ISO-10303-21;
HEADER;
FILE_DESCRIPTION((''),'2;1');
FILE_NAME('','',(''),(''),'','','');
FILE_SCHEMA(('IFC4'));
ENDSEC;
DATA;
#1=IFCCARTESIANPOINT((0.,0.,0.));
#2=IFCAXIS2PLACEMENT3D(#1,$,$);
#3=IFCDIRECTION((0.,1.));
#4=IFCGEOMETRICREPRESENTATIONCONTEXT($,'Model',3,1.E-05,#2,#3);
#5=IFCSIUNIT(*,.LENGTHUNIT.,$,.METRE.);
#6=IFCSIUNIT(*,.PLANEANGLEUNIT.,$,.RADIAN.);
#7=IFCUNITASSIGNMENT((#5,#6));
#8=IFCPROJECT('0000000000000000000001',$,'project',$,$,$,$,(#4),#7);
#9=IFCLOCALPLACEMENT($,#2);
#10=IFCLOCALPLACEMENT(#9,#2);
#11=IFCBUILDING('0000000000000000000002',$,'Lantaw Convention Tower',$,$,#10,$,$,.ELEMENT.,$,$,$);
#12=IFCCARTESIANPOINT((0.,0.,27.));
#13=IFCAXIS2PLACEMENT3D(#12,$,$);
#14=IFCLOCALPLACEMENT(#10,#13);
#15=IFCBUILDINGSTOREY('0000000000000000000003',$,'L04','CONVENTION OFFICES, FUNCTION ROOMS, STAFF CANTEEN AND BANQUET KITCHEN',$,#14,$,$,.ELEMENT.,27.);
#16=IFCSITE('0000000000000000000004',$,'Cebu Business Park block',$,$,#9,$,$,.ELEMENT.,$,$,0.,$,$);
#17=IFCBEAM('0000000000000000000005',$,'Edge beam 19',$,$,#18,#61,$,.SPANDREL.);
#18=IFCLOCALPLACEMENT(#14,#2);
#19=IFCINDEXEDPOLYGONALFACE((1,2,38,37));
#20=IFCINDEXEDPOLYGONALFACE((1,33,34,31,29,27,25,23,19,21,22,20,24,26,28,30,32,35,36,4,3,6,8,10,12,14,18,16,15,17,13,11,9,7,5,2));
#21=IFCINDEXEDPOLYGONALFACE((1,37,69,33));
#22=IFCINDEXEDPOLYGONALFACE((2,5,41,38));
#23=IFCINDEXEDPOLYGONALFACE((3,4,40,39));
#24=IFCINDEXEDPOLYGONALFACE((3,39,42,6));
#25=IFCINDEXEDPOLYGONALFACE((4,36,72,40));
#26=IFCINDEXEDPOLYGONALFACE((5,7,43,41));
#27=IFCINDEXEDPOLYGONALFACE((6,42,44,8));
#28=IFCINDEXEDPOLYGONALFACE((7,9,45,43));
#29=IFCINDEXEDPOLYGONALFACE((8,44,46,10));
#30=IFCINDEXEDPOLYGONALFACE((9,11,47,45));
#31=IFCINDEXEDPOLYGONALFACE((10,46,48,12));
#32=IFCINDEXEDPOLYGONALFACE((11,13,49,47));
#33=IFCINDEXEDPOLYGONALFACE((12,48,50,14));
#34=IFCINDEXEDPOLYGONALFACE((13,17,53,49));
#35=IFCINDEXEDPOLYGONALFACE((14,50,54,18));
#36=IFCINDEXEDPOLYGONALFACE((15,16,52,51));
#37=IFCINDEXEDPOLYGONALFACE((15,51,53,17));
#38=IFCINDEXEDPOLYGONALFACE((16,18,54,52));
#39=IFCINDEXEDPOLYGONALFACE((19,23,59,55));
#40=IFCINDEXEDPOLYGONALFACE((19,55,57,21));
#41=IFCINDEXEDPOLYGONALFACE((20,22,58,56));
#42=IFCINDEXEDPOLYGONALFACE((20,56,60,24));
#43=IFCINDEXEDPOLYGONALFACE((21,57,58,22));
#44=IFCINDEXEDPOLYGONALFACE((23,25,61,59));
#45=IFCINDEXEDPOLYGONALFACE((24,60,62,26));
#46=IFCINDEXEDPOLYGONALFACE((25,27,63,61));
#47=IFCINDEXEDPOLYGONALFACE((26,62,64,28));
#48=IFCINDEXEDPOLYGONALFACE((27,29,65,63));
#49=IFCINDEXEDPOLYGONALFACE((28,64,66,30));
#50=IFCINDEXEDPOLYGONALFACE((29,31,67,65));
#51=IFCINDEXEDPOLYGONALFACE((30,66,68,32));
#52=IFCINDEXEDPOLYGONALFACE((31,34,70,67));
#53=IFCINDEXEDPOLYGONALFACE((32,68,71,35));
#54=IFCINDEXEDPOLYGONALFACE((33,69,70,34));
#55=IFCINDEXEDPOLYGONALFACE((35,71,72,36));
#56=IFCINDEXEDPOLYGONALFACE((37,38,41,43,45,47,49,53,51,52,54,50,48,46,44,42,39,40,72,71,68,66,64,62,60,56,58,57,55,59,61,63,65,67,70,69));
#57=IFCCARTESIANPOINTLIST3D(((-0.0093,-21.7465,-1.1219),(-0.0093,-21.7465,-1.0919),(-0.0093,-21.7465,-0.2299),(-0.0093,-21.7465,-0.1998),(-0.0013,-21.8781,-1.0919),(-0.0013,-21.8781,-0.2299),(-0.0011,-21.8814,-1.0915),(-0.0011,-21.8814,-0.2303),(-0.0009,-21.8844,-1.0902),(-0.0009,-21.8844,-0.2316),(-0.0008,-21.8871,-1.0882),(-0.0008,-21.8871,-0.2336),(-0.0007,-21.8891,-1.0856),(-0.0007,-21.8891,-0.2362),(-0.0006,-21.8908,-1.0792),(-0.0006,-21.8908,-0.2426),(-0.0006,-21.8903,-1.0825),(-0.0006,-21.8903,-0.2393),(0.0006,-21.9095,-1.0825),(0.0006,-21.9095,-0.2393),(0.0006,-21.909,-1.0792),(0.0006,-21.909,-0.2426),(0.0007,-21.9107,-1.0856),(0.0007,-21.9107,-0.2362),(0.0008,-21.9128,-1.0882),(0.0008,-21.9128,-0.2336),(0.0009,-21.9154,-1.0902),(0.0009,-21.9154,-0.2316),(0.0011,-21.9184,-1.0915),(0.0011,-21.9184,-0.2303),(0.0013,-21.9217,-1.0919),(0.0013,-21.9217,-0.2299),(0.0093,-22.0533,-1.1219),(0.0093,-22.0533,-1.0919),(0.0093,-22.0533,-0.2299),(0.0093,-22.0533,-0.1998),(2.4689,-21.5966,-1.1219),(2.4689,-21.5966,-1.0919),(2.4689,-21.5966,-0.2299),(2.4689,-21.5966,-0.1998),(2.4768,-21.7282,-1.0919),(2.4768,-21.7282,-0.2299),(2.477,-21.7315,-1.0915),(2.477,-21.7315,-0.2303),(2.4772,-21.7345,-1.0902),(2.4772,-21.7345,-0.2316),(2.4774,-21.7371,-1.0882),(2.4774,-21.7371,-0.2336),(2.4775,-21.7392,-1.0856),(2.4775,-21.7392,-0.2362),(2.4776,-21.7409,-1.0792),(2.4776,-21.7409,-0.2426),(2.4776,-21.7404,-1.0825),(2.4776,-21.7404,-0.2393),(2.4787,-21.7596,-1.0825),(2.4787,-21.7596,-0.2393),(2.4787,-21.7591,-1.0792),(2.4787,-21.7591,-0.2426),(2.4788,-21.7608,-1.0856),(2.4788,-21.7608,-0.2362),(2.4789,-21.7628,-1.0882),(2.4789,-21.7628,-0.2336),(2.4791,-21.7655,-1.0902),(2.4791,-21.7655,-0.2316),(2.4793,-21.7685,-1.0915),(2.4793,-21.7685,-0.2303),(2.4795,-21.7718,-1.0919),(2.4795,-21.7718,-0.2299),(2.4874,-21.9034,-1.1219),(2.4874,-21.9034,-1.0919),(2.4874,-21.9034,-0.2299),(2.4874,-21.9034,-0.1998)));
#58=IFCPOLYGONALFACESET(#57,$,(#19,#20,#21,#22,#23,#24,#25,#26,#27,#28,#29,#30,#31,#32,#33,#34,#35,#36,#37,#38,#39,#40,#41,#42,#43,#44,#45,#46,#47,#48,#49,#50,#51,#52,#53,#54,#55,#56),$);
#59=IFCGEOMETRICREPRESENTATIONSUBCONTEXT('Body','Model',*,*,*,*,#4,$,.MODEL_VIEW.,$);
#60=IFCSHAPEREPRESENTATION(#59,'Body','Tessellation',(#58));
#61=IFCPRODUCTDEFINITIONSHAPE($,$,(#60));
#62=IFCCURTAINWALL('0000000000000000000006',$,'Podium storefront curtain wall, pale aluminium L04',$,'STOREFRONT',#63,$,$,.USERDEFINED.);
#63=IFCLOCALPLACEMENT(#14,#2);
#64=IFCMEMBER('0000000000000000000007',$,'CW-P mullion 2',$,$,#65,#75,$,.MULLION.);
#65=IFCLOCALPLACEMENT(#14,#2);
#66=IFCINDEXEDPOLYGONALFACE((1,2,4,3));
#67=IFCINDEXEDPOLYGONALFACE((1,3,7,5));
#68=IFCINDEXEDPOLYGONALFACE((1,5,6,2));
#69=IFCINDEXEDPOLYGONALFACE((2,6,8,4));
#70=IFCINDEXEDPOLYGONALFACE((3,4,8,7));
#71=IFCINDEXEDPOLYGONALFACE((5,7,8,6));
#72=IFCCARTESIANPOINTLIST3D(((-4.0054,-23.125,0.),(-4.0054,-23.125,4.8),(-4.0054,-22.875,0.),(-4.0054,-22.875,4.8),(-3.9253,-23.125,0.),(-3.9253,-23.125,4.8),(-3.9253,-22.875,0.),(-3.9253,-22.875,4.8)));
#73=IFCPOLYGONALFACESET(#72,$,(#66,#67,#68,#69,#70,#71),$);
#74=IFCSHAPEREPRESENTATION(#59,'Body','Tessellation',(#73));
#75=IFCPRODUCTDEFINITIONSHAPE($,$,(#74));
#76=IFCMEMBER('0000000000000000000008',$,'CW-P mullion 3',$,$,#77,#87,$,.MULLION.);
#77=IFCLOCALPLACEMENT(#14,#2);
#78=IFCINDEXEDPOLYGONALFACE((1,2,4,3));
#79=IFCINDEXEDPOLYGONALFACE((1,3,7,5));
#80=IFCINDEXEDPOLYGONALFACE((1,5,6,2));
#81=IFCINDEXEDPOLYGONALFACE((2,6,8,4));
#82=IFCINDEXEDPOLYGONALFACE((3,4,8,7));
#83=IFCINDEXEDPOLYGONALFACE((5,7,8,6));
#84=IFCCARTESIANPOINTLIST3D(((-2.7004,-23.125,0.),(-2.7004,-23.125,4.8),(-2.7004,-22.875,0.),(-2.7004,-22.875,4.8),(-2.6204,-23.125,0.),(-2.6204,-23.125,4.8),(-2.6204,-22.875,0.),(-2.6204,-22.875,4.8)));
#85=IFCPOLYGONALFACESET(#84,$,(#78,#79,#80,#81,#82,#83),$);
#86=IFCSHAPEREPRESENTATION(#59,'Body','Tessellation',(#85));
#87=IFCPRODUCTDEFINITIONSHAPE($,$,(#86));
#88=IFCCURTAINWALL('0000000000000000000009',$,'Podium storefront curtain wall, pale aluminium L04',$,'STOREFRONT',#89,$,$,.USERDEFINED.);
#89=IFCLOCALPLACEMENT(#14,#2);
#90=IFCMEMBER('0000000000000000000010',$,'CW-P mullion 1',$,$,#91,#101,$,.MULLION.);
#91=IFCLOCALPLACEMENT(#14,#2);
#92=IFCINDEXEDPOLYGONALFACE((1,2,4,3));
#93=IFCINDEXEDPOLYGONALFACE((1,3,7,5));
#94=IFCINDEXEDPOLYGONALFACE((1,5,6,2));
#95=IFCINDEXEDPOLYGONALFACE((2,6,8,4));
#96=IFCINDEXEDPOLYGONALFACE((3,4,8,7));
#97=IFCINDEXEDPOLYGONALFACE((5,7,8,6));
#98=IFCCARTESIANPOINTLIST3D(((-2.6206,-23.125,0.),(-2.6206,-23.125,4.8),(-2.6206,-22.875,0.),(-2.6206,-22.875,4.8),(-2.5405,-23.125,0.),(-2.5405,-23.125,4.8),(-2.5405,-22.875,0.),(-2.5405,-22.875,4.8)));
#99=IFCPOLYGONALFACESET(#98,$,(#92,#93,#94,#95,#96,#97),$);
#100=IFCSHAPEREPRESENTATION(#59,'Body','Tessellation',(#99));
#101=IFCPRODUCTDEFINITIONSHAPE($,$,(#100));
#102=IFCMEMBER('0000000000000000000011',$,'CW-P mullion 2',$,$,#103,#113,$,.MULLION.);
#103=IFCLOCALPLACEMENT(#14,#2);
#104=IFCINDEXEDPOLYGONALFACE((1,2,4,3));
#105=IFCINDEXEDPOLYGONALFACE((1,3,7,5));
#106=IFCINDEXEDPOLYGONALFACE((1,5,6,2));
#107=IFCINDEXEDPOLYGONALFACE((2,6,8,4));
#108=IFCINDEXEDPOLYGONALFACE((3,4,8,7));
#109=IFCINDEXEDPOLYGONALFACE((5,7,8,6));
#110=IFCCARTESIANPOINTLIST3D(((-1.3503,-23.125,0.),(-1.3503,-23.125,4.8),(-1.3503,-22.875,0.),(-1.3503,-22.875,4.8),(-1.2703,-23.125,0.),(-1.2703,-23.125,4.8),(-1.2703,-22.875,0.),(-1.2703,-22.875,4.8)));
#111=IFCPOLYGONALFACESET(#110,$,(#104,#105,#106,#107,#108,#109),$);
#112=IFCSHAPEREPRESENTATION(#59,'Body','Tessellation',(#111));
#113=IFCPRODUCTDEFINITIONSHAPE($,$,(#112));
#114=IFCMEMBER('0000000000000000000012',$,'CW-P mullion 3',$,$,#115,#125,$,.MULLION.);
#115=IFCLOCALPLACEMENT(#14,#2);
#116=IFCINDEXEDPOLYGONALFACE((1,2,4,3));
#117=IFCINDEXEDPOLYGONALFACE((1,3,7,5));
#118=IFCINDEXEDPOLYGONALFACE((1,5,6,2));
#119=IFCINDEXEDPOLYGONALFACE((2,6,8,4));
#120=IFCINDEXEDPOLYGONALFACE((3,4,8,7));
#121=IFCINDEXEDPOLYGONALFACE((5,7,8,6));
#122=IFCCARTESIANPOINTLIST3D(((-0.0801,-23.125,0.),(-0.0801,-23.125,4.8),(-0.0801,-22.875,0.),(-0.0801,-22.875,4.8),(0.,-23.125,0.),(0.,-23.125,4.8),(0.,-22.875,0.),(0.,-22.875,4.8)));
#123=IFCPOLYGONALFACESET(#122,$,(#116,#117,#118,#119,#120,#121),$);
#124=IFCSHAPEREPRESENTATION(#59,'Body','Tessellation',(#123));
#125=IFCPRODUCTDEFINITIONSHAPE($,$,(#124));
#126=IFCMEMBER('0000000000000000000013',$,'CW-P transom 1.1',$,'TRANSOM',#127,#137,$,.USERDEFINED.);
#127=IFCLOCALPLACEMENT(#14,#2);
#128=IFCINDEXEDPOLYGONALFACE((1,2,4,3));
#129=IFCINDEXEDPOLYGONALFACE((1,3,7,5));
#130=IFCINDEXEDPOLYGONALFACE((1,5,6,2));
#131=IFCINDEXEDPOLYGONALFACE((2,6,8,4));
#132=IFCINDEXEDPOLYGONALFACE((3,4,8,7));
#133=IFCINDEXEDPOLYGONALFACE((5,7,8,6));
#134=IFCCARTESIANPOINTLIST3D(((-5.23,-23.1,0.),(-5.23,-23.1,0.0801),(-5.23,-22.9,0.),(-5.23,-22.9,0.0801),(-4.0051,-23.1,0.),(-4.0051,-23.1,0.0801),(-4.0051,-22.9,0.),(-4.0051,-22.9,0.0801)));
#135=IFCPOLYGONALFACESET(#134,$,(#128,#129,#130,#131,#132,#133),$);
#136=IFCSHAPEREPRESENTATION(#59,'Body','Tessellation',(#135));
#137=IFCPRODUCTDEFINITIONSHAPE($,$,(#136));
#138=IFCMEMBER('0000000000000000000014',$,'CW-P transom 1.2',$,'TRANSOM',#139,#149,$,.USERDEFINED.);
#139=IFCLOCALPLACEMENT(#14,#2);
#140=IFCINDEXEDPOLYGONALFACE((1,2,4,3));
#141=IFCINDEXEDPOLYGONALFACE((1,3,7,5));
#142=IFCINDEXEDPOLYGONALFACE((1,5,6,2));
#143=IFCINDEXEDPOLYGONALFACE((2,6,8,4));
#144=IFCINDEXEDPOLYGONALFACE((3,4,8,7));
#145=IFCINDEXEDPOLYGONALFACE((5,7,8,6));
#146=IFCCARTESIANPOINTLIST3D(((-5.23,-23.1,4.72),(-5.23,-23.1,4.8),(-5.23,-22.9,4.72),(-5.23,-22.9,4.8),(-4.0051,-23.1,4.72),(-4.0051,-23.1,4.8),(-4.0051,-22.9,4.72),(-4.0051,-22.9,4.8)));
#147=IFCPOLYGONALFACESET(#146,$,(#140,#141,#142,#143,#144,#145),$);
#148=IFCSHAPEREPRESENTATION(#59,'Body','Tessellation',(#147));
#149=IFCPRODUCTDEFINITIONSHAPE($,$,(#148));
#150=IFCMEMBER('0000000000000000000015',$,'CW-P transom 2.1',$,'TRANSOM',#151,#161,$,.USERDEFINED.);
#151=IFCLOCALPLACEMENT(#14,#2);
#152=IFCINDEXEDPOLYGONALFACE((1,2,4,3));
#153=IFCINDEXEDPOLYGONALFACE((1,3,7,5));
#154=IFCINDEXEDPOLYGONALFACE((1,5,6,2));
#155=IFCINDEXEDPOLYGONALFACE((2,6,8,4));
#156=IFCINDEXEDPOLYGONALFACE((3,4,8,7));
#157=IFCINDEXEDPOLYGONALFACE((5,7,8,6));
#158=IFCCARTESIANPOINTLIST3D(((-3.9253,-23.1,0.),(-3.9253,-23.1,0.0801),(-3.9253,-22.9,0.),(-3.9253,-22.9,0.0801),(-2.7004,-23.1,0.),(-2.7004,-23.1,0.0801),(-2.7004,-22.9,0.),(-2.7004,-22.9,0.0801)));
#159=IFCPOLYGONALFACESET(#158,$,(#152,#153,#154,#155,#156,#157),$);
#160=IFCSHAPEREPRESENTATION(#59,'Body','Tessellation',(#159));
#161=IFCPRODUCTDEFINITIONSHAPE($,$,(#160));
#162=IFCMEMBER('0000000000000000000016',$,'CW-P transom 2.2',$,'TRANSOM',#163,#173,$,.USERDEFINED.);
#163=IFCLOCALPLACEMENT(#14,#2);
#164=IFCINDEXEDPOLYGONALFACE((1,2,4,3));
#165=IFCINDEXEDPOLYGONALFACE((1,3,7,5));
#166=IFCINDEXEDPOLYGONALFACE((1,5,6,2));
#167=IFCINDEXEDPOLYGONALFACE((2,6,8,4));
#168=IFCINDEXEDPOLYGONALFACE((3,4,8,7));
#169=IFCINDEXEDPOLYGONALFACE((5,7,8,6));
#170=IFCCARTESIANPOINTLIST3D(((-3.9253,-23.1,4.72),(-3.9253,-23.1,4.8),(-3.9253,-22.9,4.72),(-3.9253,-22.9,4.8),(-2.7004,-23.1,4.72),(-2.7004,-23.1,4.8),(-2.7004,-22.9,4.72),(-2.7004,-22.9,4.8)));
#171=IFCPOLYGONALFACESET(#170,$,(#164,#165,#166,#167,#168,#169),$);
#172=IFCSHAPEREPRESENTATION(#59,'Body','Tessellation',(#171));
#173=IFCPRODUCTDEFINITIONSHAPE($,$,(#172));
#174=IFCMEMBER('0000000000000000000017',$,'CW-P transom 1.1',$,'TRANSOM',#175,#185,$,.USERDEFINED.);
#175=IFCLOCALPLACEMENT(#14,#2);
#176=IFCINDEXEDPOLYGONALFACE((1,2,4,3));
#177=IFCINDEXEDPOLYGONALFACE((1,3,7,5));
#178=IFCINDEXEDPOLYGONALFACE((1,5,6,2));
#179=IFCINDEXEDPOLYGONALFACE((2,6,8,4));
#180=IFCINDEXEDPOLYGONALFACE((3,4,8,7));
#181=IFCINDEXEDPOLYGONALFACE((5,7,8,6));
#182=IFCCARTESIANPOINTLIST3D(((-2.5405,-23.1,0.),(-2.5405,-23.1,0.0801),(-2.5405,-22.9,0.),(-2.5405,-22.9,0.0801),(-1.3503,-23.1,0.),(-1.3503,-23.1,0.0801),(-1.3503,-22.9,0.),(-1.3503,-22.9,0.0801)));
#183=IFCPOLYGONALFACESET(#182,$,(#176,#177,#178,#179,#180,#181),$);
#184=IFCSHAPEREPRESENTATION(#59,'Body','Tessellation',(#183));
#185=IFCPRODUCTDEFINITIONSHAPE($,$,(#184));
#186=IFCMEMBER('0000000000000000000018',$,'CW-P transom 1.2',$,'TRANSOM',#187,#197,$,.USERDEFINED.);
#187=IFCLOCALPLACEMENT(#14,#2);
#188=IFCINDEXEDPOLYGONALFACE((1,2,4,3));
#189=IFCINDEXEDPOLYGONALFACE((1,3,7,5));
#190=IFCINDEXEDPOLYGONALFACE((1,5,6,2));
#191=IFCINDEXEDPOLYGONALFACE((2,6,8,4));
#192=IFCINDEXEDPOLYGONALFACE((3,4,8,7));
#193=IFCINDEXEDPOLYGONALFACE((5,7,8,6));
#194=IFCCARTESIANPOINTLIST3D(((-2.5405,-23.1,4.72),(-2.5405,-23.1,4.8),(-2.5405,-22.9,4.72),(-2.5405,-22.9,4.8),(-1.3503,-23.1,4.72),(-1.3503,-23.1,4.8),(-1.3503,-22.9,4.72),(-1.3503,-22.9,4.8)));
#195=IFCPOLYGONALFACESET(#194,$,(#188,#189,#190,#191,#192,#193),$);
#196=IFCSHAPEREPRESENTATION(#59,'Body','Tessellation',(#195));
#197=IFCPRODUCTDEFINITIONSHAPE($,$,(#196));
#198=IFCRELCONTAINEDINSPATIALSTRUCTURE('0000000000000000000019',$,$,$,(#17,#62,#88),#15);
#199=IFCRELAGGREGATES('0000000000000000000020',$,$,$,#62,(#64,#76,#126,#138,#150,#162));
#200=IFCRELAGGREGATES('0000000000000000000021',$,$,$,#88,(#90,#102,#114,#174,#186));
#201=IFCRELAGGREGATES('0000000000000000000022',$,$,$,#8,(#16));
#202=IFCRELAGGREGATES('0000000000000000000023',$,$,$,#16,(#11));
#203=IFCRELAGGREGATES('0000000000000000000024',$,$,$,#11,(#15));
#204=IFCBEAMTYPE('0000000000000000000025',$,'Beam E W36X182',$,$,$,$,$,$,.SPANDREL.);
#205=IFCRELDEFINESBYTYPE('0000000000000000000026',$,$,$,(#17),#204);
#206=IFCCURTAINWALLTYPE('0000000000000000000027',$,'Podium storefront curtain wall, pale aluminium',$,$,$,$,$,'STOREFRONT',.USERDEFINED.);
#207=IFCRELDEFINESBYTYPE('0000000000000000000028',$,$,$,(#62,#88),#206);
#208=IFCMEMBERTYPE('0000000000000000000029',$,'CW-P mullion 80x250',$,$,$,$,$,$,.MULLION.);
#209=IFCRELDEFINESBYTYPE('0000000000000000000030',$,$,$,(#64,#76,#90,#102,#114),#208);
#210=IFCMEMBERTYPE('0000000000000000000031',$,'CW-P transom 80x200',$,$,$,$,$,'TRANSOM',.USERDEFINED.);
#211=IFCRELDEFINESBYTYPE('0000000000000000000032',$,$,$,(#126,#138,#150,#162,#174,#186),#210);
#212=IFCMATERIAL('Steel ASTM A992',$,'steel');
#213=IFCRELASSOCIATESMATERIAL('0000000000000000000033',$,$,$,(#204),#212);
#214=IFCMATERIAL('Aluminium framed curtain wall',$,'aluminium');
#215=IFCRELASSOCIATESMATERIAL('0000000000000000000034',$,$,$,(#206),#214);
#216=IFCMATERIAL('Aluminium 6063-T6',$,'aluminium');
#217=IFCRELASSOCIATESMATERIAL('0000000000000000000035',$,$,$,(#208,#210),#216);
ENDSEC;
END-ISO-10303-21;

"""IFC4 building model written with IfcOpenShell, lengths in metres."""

from ifc_helpers import new_model, si_unit, direction, frame, origin, origin_2d, place, context, subcontext, project, spatial, rectangle, i_section, extrude, material, material_profile, profile_set, type_object, element, aggregate, save


model = new_model("IFC4")

# Units and contexts
model_context = context("Model", 3, precision=1e-05, world=origin(), true_north=direction((0.0, 1.0)))
body_context = subcontext(model_context, "Body", "Model", "MODEL_VIEW")
ifc_project = project(units=[si_unit("LENGTHUNIT", "METRE"), si_unit("PLANEANGLEUNIT", "RADIAN")], contexts=[model_context])

# Site, building, storey
site_placement = place(None, origin())
site = spatial("IfcSite", under=ifc_project, at=site_placement, Name="Cebu Business Park block", CompositionType="ELEMENT", RefElevation=0.0)
building_placement = place(site_placement, origin())
building = spatial("IfcBuilding", under=site, at=building_placement, Name="Lantaw Convention Tower", CompositionType="ELEMENT")
storey_placement = place(building_placement, frame((0.0, 0.0, 27.0)))
storey = spatial("IfcBuildingStorey", under=building, at=storey_placement, Name="L04", Description="CONVENTION OFFICES, FUNCTION ROOMS, STAFF CANTEEN AND BANQUET KITCHEN", CompositionType="ELEMENT", Elevation=27.0)

# Beam
ifc_material_1 = material(Name="Steel ASTM A992", Category="steel")
ifc_material_profile_1 = material_profile(ifc_material_1, i_section(OverallWidth=0.3074, OverallDepth=0.9221, WebThickness=0.0183, FlangeThickness=0.03, FilletRadius=0.0127, at=origin_2d()), Name="W36X182")
ifc_profile_set_1 = profile_set([ifc_material_profile_1], Name="Steel ASTM A992")
beam_type_1 = type_object("IfcBeamType", Name="Beam E W36X182", PredefinedType="SPANDREL", material=ifc_profile_set_1)
beam_1_placement = place(storey_placement, frame((0.0, -21.8999, -0.6609), z_axis=(0.998175, 0.060382, 0.0), x_axis=(-0.060382, 0.998175, 0.0)))
element("IfcBeam", 1, at=beam_1_placement, inside=storey, type_object=beam_type_1, Name="Edge beam 19", PredefinedType="SPANDREL", context=body_context, shape_type="SweptSolid", body=[
    extrude(i_section(OverallWidth=0.3074, OverallDepth=0.9221, WebThickness=0.0183, FlangeThickness=0.03, FilletRadius=0.0127, at=origin_2d()), origin(), (0.0, 0.0, 1.0), 2.4827),
])

# Curtain walls, members
ifc_material_2 = material(Name="Aluminium framed curtain wall", Category="aluminium")
curtain_wall_type = type_object("IfcCurtainWallType", Name="Podium storefront curtain wall, pale aluminium", ElementType="STOREFRONT", PredefinedType="USERDEFINED", material=ifc_material_2)
curtain_wall_1_placement = place(storey_placement, origin())
curtain_wall_1 = element("IfcCurtainWall", 2, at=curtain_wall_1_placement, inside=storey, type_object=curtain_wall_type, Name="Podium storefront curtain wall, pale aluminium L04", ObjectType="STOREFRONT", PredefinedType="USERDEFINED")
ifc_material_3 = material(Name="Aluminium 6063-T6", Category="aluminium")
ifc_material_profile_2 = material_profile(ifc_material_3, rectangle(XDim=0.25, YDim=0.0801, at=origin_2d()), Name="CW-P mullion 80x250")
ifc_profile_set_2 = profile_set([ifc_material_profile_2], Name="Aluminium 6063-T6")
member_type_1 = type_object("IfcMemberType", Name="CW-P mullion 80x250", PredefinedType="MULLION", material=ifc_profile_set_2)
member_1_placement = place(storey_placement, frame((-3.9653, -23.0, 0.0), z_axis=(0.0, 0.0, 1.0), x_axis=(0.0, 1.0, 0.0)))
member_1 = element("IfcMember", 3, at=member_1_placement, type_object=member_type_1, Name="CW-P mullion 2", PredefinedType="MULLION", context=body_context, shape_type="SweptSolid", body=[
    extrude(rectangle(XDim=0.25, YDim=0.0801, at=origin_2d()), origin(), (0.0, 0.0, 1.0), 4.8),
])
member_2_placement = place(storey_placement, frame((-2.6604, -23.0, 0.0), z_axis=(0.0, 0.0, 1.0), x_axis=(0.0, 1.0, 0.0)))
member_2 = element("IfcMember", 4, at=member_2_placement, type_object=member_type_1, Name="CW-P mullion 3", PredefinedType="MULLION", context=body_context, shape_type="SweptSolid", body=[
    extrude(rectangle(XDim=0.25, YDim=0.0801, at=origin_2d()), origin(), (0.0, 0.0, 1.0), 4.8),
])
curtain_wall_2_placement = place(storey_placement, origin())
curtain_wall_2 = element("IfcCurtainWall", 5, at=curtain_wall_2_placement, inside=storey, type_object=curtain_wall_type, Name="Podium storefront curtain wall, pale aluminium L04", ObjectType="STOREFRONT", PredefinedType="USERDEFINED")
member_3_placement = place(storey_placement, frame((-2.5806, -23.0, 0.0), z_axis=(0.0, 0.0, 1.0), x_axis=(0.0, 1.0, 0.0)))
member_3 = element("IfcMember", 6, at=member_3_placement, type_object=member_type_1, Name="CW-P mullion 1", PredefinedType="MULLION", context=body_context, shape_type="SweptSolid", body=[
    extrude(rectangle(XDim=0.25, YDim=0.0801, at=origin_2d()), origin(), (0.0, 0.0, 1.0), 4.8),
])
member_4_placement = place(storey_placement, frame((-1.3103, -23.0, 0.0), z_axis=(0.0, 0.0, 1.0), x_axis=(0.0, 1.0, 0.0)))
member_4 = element("IfcMember", 7, at=member_4_placement, type_object=member_type_1, Name="CW-P mullion 2", PredefinedType="MULLION", context=body_context, shape_type="SweptSolid", body=[
    extrude(rectangle(XDim=0.25, YDim=0.0801, at=origin_2d()), origin(), (0.0, 0.0, 1.0), 4.8),
])
member_5_placement = place(storey_placement, frame((-0.04, -23.0, 0.0), z_axis=(0.0, 0.0, 1.0), x_axis=(0.0, 1.0, 0.0)))
member_5 = element("IfcMember", 8, at=member_5_placement, type_object=member_type_1, Name="CW-P mullion 3", PredefinedType="MULLION", context=body_context, shape_type="SweptSolid", body=[
    extrude(rectangle(XDim=0.25, YDim=0.0801, at=origin_2d()), origin(), (0.0, 0.0, 1.0), 4.8),
])

# Members
ifc_material_profile_3 = material_profile(ifc_material_3, rectangle(XDim=0.2, YDim=0.0801, at=origin_2d()), Name="CW-P transom 80x200")
ifc_profile_set_3 = profile_set([ifc_material_profile_3], Name="Aluminium 6063-T6")
member_type_2 = type_object("IfcMemberType", Name="CW-P transom 80x200", ElementType="TRANSOM", PredefinedType="USERDEFINED", material=ifc_profile_set_3)
member_6_placement = place(storey_placement, frame((-5.23, -23.0, 0.04), z_axis=(1.0, 0.0, 0.0), x_axis=(0.0, 1.0, 0.0)))
member_6 = element("IfcMember", 9, at=member_6_placement, type_object=member_type_2, Name="CW-P transom 1.1", ObjectType="TRANSOM", PredefinedType="USERDEFINED", context=body_context, shape_type="SweptSolid", body=[
    extrude(rectangle(XDim=0.2, YDim=0.0801, at=origin_2d()), origin(), (0.0, 0.0, 1.0), 1.2249),
])
member_7_placement = place(storey_placement, frame((-5.23, -23.0, 4.76), z_axis=(1.0, 0.0, 0.0), x_axis=(0.0, 1.0, 0.0)))
member_7 = element("IfcMember", 10, at=member_7_placement, type_object=member_type_2, Name="CW-P transom 1.2", ObjectType="TRANSOM", PredefinedType="USERDEFINED", context=body_context, shape_type="SweptSolid", body=[
    extrude(rectangle(XDim=0.2, YDim=0.0801, at=origin_2d()), origin(), (0.0, 0.0, 1.0), 1.2249),
])
member_8_placement = place(storey_placement, frame((-3.9253, -23.0, 0.04), z_axis=(1.0, 0.0, 0.0), x_axis=(0.0, 1.0, 0.0)))
member_8 = element("IfcMember", 11, at=member_8_placement, type_object=member_type_2, Name="CW-P transom 2.1", ObjectType="TRANSOM", PredefinedType="USERDEFINED", context=body_context, shape_type="SweptSolid", body=[
    extrude(rectangle(XDim=0.2, YDim=0.0801, at=origin_2d()), origin(), (0.0, 0.0, 1.0), 1.2249),
])
member_9_placement = place(storey_placement, frame((-3.9253, -23.0, 4.76), z_axis=(1.0, 0.0, 0.0), x_axis=(0.0, 1.0, 0.0)))
member_9 = element("IfcMember", 12, at=member_9_placement, type_object=member_type_2, Name="CW-P transom 2.2", ObjectType="TRANSOM", PredefinedType="USERDEFINED", context=body_context, shape_type="SweptSolid", body=[
    extrude(rectangle(XDim=0.2, YDim=0.0801, at=origin_2d()), origin(), (0.0, 0.0, 1.0), 1.2249),
])
member_10_placement = place(storey_placement, frame((-2.5405, -23.0, 0.04), z_axis=(1.0, 0.0, 0.0), x_axis=(0.0, 1.0, 0.0)))
member_10 = element("IfcMember", 13, at=member_10_placement, type_object=member_type_2, Name="CW-P transom 1.1", ObjectType="TRANSOM", PredefinedType="USERDEFINED", context=body_context, shape_type="SweptSolid", body=[
    extrude(rectangle(XDim=0.2, YDim=0.0801, at=origin_2d()), origin(), (0.0, 0.0, 1.0), 1.1902),
])
member_11_placement = place(storey_placement, frame((-2.5405, -23.0, 4.76), z_axis=(1.0, 0.0, 0.0), x_axis=(0.0, 1.0, 0.0)))
member_11 = element("IfcMember", 14, at=member_11_placement, type_object=member_type_2, Name="CW-P transom 1.2", ObjectType="TRANSOM", PredefinedType="USERDEFINED", context=body_context, shape_type="SweptSolid", body=[
    extrude(rectangle(XDim=0.2, YDim=0.0801, at=origin_2d()), origin(), (0.0, 0.0, 1.0), 1.1902),
])

aggregate(curtain_wall_1, [member_1, member_2, member_6, member_7, member_8, member_9])
aggregate(curtain_wall_2, [member_3, member_4, member_5, member_10, member_11])

save(model, "model.ifc")
